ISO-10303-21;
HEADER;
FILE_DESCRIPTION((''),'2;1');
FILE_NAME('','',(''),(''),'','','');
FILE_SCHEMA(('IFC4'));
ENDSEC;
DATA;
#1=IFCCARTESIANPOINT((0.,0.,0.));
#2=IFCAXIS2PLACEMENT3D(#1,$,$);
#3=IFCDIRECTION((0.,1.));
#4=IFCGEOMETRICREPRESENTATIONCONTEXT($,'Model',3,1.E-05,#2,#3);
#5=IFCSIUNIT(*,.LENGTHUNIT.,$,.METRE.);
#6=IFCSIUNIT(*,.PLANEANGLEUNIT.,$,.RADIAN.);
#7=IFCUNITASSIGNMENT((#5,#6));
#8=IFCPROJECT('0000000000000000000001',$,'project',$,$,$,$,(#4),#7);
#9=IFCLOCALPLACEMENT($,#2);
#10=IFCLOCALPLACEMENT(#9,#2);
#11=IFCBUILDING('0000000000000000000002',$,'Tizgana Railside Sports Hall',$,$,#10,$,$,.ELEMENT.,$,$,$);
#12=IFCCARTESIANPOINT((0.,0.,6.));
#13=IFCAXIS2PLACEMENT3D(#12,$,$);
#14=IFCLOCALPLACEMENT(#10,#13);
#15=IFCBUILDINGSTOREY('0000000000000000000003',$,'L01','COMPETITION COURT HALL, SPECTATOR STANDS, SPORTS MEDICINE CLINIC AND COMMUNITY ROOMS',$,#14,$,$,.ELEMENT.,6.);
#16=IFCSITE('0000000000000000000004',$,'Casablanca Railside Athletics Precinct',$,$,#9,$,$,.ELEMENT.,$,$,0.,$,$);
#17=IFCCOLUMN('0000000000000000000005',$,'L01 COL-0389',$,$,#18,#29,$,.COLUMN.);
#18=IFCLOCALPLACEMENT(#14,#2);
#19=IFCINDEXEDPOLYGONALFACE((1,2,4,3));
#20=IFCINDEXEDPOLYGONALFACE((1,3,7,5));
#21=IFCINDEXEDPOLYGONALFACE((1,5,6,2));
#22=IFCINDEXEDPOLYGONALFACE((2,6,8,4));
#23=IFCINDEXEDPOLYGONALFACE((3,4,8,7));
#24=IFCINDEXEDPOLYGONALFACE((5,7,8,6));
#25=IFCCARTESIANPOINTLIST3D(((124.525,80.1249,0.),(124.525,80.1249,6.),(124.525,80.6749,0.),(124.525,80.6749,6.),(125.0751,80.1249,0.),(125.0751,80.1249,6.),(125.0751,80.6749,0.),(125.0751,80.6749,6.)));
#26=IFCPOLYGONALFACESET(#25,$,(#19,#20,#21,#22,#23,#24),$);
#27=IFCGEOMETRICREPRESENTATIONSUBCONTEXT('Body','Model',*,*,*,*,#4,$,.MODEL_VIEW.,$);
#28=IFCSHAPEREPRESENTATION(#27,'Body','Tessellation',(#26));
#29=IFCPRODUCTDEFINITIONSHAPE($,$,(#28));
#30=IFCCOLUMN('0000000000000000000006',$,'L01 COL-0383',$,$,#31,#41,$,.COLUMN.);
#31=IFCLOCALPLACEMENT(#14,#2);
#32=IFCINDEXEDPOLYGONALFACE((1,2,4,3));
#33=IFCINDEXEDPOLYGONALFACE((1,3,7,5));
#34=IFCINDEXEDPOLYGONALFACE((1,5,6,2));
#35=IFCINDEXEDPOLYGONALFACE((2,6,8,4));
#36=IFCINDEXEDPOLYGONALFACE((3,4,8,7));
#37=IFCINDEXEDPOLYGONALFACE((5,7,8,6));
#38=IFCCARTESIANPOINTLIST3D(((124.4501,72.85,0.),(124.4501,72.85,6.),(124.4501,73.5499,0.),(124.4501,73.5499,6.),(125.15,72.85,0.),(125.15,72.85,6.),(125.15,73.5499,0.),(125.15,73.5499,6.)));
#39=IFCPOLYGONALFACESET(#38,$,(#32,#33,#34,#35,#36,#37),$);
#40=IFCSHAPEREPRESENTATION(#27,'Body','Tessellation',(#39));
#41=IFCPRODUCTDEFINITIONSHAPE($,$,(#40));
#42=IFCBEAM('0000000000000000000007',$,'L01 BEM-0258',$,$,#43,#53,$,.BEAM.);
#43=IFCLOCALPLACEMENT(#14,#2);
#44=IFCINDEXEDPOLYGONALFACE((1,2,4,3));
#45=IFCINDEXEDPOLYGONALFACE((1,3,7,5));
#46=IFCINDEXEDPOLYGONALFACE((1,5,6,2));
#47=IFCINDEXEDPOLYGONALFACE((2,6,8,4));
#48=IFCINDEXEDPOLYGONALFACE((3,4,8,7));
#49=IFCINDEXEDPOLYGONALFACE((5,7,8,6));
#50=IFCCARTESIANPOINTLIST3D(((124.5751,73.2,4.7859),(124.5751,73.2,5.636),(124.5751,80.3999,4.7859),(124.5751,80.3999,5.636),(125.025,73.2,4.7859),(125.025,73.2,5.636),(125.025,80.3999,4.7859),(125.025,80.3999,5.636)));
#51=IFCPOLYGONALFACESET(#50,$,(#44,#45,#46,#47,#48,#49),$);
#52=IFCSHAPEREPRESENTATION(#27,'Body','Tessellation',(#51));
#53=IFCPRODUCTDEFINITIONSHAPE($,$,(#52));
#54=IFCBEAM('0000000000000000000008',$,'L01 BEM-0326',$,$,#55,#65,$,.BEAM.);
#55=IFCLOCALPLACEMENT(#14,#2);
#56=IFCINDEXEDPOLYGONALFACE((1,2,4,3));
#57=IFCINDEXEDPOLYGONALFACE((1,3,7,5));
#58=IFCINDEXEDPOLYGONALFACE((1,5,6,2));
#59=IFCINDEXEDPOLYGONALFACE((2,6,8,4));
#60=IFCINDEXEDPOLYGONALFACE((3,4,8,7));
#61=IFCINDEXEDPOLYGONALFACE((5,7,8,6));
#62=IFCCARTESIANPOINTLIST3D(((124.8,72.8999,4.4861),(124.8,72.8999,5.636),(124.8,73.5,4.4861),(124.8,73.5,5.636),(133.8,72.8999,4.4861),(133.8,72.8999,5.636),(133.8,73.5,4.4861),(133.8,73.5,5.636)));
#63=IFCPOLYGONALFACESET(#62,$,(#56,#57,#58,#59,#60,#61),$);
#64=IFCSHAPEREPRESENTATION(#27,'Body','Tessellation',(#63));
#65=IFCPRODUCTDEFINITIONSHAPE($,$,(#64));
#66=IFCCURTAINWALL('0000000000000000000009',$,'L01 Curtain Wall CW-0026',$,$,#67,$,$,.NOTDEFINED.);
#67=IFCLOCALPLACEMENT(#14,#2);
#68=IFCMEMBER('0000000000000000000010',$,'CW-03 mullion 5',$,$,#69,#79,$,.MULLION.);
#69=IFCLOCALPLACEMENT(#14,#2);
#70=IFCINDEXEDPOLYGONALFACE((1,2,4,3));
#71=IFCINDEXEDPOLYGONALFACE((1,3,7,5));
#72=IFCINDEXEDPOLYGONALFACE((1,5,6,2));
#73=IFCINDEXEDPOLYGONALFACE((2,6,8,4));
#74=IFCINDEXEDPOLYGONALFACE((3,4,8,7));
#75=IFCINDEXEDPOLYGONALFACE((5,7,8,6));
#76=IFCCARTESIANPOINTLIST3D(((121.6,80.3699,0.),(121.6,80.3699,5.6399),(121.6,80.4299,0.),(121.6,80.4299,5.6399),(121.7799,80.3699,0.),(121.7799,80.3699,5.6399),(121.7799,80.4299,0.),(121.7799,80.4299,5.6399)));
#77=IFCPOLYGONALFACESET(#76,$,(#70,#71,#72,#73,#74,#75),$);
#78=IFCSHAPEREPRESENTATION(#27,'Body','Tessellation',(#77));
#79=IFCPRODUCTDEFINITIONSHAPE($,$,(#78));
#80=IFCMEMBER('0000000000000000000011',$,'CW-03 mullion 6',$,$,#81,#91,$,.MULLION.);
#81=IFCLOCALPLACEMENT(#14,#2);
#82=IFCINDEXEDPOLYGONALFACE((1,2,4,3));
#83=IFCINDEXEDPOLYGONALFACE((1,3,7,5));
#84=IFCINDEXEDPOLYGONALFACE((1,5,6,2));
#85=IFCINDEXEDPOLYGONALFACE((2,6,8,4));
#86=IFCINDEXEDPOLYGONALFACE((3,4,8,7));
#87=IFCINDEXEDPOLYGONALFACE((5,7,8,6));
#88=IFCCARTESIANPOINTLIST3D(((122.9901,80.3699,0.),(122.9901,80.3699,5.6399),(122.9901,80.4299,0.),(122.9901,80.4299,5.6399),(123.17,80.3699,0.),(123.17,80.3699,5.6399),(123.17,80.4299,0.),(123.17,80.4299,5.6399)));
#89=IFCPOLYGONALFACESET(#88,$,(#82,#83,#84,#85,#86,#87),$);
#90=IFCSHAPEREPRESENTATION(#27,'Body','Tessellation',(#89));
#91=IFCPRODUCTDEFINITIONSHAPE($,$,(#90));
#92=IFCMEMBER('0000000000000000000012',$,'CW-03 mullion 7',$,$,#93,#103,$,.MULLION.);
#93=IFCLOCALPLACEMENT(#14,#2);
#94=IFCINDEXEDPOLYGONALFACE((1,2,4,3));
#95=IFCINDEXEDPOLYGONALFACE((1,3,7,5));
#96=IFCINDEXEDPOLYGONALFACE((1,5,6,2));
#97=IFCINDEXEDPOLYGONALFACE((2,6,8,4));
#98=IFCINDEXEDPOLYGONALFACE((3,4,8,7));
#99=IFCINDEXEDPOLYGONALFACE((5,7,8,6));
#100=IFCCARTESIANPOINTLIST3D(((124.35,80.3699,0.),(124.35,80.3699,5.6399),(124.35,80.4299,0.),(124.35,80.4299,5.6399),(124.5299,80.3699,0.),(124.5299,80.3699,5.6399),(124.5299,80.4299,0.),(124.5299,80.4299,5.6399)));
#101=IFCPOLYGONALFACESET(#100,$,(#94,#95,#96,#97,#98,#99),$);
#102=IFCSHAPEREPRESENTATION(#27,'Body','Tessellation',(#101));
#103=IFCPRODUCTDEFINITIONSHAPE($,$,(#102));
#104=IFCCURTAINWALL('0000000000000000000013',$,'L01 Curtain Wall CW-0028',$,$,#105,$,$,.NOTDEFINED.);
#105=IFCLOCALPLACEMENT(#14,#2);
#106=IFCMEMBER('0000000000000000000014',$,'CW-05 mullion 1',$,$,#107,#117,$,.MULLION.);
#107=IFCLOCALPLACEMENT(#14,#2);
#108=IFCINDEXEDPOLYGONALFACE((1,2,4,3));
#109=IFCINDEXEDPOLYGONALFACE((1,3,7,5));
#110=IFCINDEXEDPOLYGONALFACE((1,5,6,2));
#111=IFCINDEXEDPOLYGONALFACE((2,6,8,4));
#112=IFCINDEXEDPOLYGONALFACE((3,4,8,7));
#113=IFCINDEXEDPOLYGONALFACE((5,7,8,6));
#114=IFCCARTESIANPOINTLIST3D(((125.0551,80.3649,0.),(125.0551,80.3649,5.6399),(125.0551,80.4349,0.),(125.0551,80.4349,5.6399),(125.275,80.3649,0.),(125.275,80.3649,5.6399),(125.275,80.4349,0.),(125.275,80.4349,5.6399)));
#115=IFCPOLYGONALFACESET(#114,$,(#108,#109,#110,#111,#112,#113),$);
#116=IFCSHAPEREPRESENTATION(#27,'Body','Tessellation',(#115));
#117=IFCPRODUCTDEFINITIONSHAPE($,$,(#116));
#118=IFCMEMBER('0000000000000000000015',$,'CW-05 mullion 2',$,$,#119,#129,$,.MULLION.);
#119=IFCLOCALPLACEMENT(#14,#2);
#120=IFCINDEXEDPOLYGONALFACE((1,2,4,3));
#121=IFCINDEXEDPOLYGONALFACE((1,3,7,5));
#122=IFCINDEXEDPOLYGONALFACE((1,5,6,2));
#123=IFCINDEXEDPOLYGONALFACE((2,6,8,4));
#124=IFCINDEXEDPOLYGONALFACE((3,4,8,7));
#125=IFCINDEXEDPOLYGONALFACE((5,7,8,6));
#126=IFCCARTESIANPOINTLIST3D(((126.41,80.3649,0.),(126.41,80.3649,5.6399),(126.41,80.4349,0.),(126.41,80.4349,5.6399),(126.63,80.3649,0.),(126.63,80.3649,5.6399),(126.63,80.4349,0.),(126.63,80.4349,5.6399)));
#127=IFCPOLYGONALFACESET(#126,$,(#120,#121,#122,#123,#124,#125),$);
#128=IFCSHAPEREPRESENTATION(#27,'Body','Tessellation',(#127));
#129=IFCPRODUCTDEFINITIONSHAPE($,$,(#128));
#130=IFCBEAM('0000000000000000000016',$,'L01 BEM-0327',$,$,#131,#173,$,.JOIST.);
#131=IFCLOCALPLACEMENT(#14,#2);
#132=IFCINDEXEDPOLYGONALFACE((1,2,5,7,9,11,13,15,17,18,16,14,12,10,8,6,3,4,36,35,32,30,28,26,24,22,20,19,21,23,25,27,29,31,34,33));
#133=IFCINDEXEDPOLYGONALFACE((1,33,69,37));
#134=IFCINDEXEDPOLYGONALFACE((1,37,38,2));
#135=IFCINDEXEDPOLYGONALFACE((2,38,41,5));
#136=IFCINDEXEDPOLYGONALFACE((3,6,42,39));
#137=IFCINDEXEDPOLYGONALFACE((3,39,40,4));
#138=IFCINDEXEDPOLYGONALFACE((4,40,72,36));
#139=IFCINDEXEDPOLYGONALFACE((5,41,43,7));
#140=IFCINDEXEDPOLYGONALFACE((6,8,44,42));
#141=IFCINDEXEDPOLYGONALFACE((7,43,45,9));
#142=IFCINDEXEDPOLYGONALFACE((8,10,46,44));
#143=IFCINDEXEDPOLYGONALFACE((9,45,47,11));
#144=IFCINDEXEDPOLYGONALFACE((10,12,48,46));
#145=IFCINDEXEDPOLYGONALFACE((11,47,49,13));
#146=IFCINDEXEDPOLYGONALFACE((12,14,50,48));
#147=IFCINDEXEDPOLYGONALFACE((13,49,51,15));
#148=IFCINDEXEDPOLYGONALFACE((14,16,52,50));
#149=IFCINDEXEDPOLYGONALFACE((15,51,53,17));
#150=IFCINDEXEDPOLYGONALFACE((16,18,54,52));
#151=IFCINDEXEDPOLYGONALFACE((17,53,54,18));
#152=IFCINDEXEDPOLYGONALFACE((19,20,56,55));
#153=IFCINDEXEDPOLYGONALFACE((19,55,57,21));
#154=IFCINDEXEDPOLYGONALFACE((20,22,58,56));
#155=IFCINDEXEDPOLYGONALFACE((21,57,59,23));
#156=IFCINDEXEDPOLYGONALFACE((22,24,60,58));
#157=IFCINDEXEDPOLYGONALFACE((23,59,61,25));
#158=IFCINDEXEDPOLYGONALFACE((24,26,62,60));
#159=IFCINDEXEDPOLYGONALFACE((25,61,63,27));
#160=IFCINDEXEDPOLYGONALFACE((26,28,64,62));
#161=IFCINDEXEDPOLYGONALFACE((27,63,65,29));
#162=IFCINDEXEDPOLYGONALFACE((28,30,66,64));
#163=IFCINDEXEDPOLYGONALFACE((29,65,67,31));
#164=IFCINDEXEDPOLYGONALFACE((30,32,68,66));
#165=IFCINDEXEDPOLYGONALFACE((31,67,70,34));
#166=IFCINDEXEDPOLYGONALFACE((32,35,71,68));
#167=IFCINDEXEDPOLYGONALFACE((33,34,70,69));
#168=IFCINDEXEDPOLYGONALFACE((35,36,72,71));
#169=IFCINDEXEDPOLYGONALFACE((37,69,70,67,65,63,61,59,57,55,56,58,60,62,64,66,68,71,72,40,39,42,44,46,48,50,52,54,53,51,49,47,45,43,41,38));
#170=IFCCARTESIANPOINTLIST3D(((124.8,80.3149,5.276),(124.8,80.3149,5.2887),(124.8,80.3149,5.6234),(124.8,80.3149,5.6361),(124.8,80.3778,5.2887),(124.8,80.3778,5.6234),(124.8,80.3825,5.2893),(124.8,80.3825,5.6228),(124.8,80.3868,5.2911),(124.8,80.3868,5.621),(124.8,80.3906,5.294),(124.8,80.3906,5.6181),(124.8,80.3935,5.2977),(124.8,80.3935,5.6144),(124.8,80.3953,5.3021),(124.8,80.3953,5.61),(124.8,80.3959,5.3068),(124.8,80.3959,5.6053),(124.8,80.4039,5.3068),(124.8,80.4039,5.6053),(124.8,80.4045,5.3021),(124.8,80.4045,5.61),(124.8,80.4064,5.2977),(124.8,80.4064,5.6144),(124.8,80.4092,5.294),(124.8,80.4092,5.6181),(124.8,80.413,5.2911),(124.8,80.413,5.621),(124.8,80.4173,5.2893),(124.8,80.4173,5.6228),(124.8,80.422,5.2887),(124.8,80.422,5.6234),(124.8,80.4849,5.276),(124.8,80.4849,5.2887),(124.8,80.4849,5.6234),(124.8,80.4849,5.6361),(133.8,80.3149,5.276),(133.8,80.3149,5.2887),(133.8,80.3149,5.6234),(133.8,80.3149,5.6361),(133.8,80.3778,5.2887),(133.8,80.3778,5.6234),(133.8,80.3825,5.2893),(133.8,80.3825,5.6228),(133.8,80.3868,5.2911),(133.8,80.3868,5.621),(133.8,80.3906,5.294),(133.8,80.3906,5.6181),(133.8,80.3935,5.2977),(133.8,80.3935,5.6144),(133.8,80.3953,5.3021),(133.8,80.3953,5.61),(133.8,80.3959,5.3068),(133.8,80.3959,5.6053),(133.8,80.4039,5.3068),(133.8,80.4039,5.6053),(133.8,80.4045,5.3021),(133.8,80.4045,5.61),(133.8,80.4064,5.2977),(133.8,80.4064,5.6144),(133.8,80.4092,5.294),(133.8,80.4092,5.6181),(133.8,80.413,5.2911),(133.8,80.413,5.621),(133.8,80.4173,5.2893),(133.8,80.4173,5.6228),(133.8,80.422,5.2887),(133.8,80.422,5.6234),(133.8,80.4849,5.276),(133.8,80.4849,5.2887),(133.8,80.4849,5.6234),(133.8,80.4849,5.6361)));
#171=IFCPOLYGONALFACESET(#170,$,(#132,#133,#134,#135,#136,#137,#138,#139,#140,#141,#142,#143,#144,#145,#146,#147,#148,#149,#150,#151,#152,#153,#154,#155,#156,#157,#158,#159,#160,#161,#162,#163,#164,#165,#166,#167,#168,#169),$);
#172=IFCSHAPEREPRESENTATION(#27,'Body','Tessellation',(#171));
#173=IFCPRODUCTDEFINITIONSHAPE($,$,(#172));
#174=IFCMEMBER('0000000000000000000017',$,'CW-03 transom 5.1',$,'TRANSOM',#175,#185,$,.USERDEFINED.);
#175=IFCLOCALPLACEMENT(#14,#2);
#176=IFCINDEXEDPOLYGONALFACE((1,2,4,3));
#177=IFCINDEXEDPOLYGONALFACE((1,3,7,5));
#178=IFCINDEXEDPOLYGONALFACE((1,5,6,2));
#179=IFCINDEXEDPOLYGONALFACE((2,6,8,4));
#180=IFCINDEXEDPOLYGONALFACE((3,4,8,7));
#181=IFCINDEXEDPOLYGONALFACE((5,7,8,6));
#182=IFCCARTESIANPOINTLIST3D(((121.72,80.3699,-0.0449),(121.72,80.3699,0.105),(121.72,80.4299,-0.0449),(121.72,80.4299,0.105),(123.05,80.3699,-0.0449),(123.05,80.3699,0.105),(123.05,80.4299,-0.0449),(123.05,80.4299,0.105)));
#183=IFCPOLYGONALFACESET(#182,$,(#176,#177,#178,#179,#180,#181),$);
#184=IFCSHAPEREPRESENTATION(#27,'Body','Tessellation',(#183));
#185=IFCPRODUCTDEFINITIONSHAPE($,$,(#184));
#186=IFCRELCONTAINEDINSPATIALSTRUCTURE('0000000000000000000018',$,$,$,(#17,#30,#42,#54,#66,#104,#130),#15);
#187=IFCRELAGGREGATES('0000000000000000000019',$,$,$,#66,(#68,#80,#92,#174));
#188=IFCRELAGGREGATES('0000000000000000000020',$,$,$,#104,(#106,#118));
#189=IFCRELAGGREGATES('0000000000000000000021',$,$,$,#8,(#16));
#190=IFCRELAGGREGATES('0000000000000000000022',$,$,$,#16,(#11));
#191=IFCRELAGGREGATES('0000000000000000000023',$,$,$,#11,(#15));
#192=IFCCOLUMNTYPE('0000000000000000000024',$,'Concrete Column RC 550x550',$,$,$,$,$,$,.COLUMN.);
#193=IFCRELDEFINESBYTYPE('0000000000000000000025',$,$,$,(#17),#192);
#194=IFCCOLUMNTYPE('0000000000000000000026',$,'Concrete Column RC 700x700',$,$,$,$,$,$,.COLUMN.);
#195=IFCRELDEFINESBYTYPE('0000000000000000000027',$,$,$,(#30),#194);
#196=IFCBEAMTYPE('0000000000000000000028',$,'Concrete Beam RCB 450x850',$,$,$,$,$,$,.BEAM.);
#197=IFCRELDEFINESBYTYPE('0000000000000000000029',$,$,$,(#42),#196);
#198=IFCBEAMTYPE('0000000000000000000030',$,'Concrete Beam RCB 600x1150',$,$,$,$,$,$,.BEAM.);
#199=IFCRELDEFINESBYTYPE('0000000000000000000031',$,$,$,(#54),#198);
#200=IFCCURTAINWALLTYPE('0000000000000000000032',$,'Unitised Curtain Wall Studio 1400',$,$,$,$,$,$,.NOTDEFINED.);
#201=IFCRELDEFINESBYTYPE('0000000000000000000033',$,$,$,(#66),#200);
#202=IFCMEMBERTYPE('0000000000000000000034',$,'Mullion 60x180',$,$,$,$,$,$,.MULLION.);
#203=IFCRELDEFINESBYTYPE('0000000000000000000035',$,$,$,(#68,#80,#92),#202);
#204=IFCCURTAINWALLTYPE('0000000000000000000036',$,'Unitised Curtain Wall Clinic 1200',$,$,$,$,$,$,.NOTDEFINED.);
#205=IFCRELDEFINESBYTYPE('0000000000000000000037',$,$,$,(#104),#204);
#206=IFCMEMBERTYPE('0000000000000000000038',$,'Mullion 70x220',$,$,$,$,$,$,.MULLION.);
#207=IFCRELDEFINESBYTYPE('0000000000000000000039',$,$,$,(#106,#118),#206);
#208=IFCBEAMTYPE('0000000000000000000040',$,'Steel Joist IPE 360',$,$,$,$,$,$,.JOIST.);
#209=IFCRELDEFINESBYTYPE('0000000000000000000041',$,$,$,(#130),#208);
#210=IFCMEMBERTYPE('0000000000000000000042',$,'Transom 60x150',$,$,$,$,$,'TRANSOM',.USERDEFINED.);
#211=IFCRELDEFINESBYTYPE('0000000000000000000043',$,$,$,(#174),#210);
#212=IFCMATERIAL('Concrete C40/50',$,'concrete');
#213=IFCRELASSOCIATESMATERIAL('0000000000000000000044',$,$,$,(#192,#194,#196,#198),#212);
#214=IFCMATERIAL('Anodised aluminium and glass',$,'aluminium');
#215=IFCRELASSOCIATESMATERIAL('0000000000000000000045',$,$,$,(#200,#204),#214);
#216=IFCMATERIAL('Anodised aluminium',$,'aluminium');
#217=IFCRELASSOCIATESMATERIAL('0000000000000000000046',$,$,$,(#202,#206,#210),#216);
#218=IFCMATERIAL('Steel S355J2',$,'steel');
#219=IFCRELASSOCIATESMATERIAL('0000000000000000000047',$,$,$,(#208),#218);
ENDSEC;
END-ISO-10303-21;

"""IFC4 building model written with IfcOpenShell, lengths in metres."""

from ifc_helpers import new_model, si_unit, direction, frame, origin, origin_2d, place, context, subcontext, project, spatial, rectangle, i_section, extrude, material, material_profile, profile_set, type_object, element, aggregate, save


model = new_model("IFC4")

# Units and contexts
model_context = context("Model", 3, precision=1e-05, world=origin(), true_north=direction((0.0, 1.0)))
body_context = subcontext(model_context, "Body", "Model", "MODEL_VIEW")
ifc_project = project(units=[si_unit("LENGTHUNIT", "METRE"), si_unit("PLANEANGLEUNIT", "RADIAN")], contexts=[model_context])

# Site, building, storey
site_placement = place(None, origin())
site = spatial("IfcSite", under=ifc_project, at=site_placement, Name="Casablanca Railside Athletics Precinct", CompositionType="ELEMENT", RefElevation=0.0)
building_placement = place(site_placement, origin())
building = spatial("IfcBuilding", under=site, at=building_placement, Name="Tizgana Railside Sports Hall", CompositionType="ELEMENT")
storey_placement = place(building_placement, frame((0.0, 0.0, 6.0)))
storey = spatial("IfcBuildingStorey", under=building, at=storey_placement, Name="L01", Description="COMPETITION COURT HALL, SPECTATOR STANDS, SPORTS MEDICINE CLINIC AND COMMUNITY ROOMS", CompositionType="ELEMENT", Elevation=6.0)

# Columns
ifc_material_1 = material(Name="Concrete C40/50", Category="concrete")
ifc_material_profile_1 = material_profile(ifc_material_1, rectangle(XDim=0.55, YDim=0.55, at=origin_2d()), Name="RC 550x550")
ifc_profile_set_1 = profile_set([ifc_material_profile_1], Name="Concrete C40/50")
column_type_1 = type_object("IfcColumnType", Name="Concrete Column RC 550x550", PredefinedType="COLUMN", material=ifc_profile_set_1)
column_1_placement = place(storey_placement, frame((124.8, 80.3999, 0.0), z_axis=(0.0, 0.0, 1.0), x_axis=(1.0, 0.0, 0.0)))
element("IfcColumn", 1, at=column_1_placement, inside=storey, type_object=column_type_1, Name="L01 COL-0389", PredefinedType="COLUMN", context=body_context, shape_type="SweptSolid", body=[
    extrude(rectangle(XDim=0.55, YDim=0.55, at=origin_2d()), origin(), (0.0, 0.0, 1.0), 6.0),
])
ifc_material_profile_2 = material_profile(ifc_material_1, rectangle(XDim=0.7, YDim=0.7, at=origin_2d()), Name="RC 700x700")
ifc_profile_set_2 = profile_set([ifc_material_profile_2], Name="Concrete C40/50")
column_type_2 = type_object("IfcColumnType", Name="Concrete Column RC 700x700", PredefinedType="COLUMN", material=ifc_profile_set_2)
column_2_placement = place(storey_placement, frame((124.8, 73.2, 0.0), z_axis=(0.0, 0.0, 1.0), x_axis=(1.0, 0.0, 0.0)))
element("IfcColumn", 2, at=column_2_placement, inside=storey, type_object=column_type_2, Name="L01 COL-0383", PredefinedType="COLUMN", context=body_context, shape_type="SweptSolid", body=[
    extrude(rectangle(XDim=0.7, YDim=0.7, at=origin_2d()), origin(), (0.0, 0.0, 1.0), 6.0),
])

# Beams
ifc_material_profile_3 = material_profile(ifc_material_1, rectangle(XDim=0.45, YDim=0.8501, at=origin_2d()), Name="RCB 450x850")
ifc_profile_set_3 = profile_set([ifc_material_profile_3], Name="Concrete C40/50")
beam_type_1 = type_object("IfcBeamType", Name="Concrete Beam RCB 450x850", PredefinedType="BEAM", material=ifc_profile_set_3)
beam_1_placement = place(storey_placement, frame((124.8, 73.2, 5.2109), z_axis=(0.0, 1.0, 0.0), x_axis=(-1.0, 0.0, 0.0)))
element("IfcBeam", 3, at=beam_1_placement, inside=storey, type_object=beam_type_1, Name="L01 BEM-0258", PredefinedType="BEAM", context=body_context, shape_type="SweptSolid", body=[
    extrude(rectangle(XDim=0.45, YDim=0.8501, at=origin_2d()), origin(), (0.0, 0.0, 1.0), 7.2),
])
ifc_material_profile_4 = material_profile(ifc_material_1, rectangle(XDim=0.6001, YDim=1.1499, at=origin_2d()), Name="RCB 600x1150")
ifc_profile_set_4 = profile_set([ifc_material_profile_4], Name="Concrete C40/50")
beam_type_2 = type_object("IfcBeamType", Name="Concrete Beam RCB 600x1150", PredefinedType="BEAM", material=ifc_profile_set_4)
beam_2_placement = place(storey_placement, frame((124.8, 73.2, 5.061), z_axis=(1.0, 0.0, 0.0), x_axis=(0.0, 1.0, 0.0)))
element("IfcBeam", 4, at=beam_2_placement, inside=storey, type_object=beam_type_2, Name="L01 BEM-0326", PredefinedType="BEAM", context=body_context, shape_type="SweptSolid", body=[
    extrude(rectangle(XDim=0.6001, YDim=1.1499, at=origin_2d()), origin(), (0.0, 0.0, 1.0), 9.0),
])

# Curtain walls, members
ifc_material_2 = material(Name="Anodised aluminium and glass", Category="aluminium")
curtain_wall_type_1 = type_object("IfcCurtainWallType", Name="Unitised Curtain Wall Studio 1400", PredefinedType="NOTDEFINED", material=ifc_material_2)
curtain_wall_1_placement = place(storey_placement, origin())
curtain_wall_1 = element("IfcCurtainWall", 5, at=curtain_wall_1_placement, inside=storey, type_object=curtain_wall_type_1, Name="L01 Curtain Wall CW-0026", PredefinedType="NOTDEFINED")
ifc_material_3 = material(Name="Anodised aluminium", Category="aluminium")
ifc_material_profile_5 = material_profile(ifc_material_3, rectangle(XDim=0.0601, YDim=0.1799, at=origin_2d()), Name="Mullion 60x180")
ifc_profile_set_5 = profile_set([ifc_material_profile_5], Name="Anodised aluminium")
member_type_1 = type_object("IfcMemberType", Name="Mullion 60x180", PredefinedType="MULLION", material=ifc_profile_set_5)
member_1_placement = place(storey_placement, frame((121.6899, 80.3999, 0.0), z_axis=(0.0, 0.0, 1.0), x_axis=(0.0, 1.0, 0.0)))
member_1 = element("IfcMember", 6, at=member_1_placement, type_object=member_type_1, Name="CW-03 mullion 5", PredefinedType="MULLION", context=body_context, shape_type="SweptSolid", body=[
    extrude(rectangle(XDim=0.0601, YDim=0.1799, at=origin_2d()), origin(), (0.0, 0.0, 1.0), 5.6399),
])
member_2_placement = place(storey_placement, frame((123.0801, 80.3999, 0.0), z_axis=(0.0, 0.0, 1.0), x_axis=(0.0, 1.0, 0.0)))
member_2 = element("IfcMember", 7, at=member_2_placement, type_object=member_type_1, Name="CW-03 mullion 6", PredefinedType="MULLION", context=body_context, shape_type="SweptSolid", body=[
    extrude(rectangle(XDim=0.0601, YDim=0.1799, at=origin_2d()), origin(), (0.0, 0.0, 1.0), 5.6399),
])
member_3_placement = place(storey_placement, frame((124.4399, 80.3999, 0.0), z_axis=(0.0, 0.0, 1.0), x_axis=(0.0, 1.0, 0.0)))
member_3 = element("IfcMember", 8, at=member_3_placement, type_object=member_type_1, Name="CW-03 mullion 7", PredefinedType="MULLION", context=body_context, shape_type="SweptSolid", body=[
    extrude(rectangle(XDim=0.0601, YDim=0.1799, at=origin_2d()), origin(), (0.0, 0.0, 1.0), 5.6399),
])
curtain_wall_type_2 = type_object("IfcCurtainWallType", Name="Unitised Curtain Wall Clinic 1200", PredefinedType="NOTDEFINED", material=ifc_material_2)
curtain_wall_2_placement = place(storey_placement, origin())
curtain_wall_2 = element("IfcCurtainWall", 9, at=curtain_wall_2_placement, inside=storey, type_object=curtain_wall_type_2, Name="L01 Curtain Wall CW-0028", PredefinedType="NOTDEFINED")
ifc_material_profile_6 = material_profile(ifc_material_3, rectangle(XDim=0.0701, YDim=0.22, at=origin_2d()), Name="Mullion 70x220")
ifc_profile_set_6 = profile_set([ifc_material_profile_6], Name="Anodised aluminium")
member_type_2 = type_object("IfcMemberType", Name="Mullion 70x220", PredefinedType="MULLION", material=ifc_profile_set_6)
member_4_placement = place(storey_placement, frame((125.165, 80.3999, 0.0), z_axis=(0.0, 0.0, 1.0), x_axis=(0.0, 1.0, 0.0)))
member_4 = element("IfcMember", 10, at=member_4_placement, type_object=member_type_2, Name="CW-05 mullion 1", PredefinedType="MULLION", context=body_context, shape_type="SweptSolid", body=[
    extrude(rectangle(XDim=0.0701, YDim=0.22, at=origin_2d()), origin(), (0.0, 0.0, 1.0), 5.6399),
])
member_5_placement = place(storey_placement, frame((126.52, 80.3999, 0.0), z_axis=(0.0, 0.0, 1.0), x_axis=(0.0, 1.0, 0.0)))
member_5 = element("IfcMember", 11, at=member_5_placement, type_object=member_type_2, Name="CW-05 mullion 2", PredefinedType="MULLION", context=body_context, shape_type="SweptSolid", body=[
    extrude(rectangle(XDim=0.0701, YDim=0.22, at=origin_2d()), origin(), (0.0, 0.0, 1.0), 5.6399),
])

# Beam
ifc_material_4 = material(Name="Steel S355J2", Category="steel")
ifc_material_profile_7 = material_profile(ifc_material_4, i_section(OverallWidth=0.1699, OverallDepth=0.3601, WebThickness=0.0081, FlangeThickness=0.0127, FilletRadius=0.0181, at=origin_2d()), Name="IPE 360")
ifc_profile_set_7 = profile_set([ifc_material_profile_7], Name="Steel S355J2")
beam_type_3 = type_object("IfcBeamType", Name="Steel Joist IPE 360", PredefinedType="JOIST", material=ifc_profile_set_7)
beam_3_placement = place(storey_placement, frame((124.8, 80.3999, 5.4561), z_axis=(1.0, 0.0, 0.0), x_axis=(0.0, 1.0, 0.0)))
element("IfcBeam", 12, at=beam_3_placement, inside=storey, type_object=beam_type_3, Name="L01 BEM-0327", PredefinedType="JOIST", context=body_context, shape_type="SweptSolid", body=[
    extrude(i_section(OverallWidth=0.1699, OverallDepth=0.3601, WebThickness=0.0081, FlangeThickness=0.0127, FilletRadius=0.0181, at=origin_2d()), origin(), (0.0, 0.0, 1.0), 9.0),
])

# Member
ifc_material_profile_8 = material_profile(ifc_material_3, rectangle(XDim=0.0601, YDim=0.1499, at=origin_2d()), Name="Transom 60x150")
ifc_profile_set_8 = profile_set([ifc_material_profile_8], Name="Anodised aluminium")
member_type_3 = type_object("IfcMemberType", Name="Transom 60x150", ElementType="TRANSOM", PredefinedType="USERDEFINED", material=ifc_profile_set_8)
member_6_placement = place(storey_placement, frame((121.72, 80.3999, 0.03), z_axis=(1.0, 0.0, 0.0), x_axis=(0.0, 1.0, 0.0)))
member_6 = element("IfcMember", 13, at=member_6_placement, type_object=member_type_3, Name="CW-03 transom 5.1", ObjectType="TRANSOM", PredefinedType="USERDEFINED", context=body_context, shape_type="SweptSolid", body=[
    extrude(rectangle(XDim=0.0601, YDim=0.1499, at=origin_2d()), origin(), (0.0, 0.0, 1.0), 1.3301),
])

aggregate(curtain_wall_1, [member_1, member_2, member_3, member_6])
aggregate(curtain_wall_2, [member_4, member_5])

save(model, "model.ifc")
